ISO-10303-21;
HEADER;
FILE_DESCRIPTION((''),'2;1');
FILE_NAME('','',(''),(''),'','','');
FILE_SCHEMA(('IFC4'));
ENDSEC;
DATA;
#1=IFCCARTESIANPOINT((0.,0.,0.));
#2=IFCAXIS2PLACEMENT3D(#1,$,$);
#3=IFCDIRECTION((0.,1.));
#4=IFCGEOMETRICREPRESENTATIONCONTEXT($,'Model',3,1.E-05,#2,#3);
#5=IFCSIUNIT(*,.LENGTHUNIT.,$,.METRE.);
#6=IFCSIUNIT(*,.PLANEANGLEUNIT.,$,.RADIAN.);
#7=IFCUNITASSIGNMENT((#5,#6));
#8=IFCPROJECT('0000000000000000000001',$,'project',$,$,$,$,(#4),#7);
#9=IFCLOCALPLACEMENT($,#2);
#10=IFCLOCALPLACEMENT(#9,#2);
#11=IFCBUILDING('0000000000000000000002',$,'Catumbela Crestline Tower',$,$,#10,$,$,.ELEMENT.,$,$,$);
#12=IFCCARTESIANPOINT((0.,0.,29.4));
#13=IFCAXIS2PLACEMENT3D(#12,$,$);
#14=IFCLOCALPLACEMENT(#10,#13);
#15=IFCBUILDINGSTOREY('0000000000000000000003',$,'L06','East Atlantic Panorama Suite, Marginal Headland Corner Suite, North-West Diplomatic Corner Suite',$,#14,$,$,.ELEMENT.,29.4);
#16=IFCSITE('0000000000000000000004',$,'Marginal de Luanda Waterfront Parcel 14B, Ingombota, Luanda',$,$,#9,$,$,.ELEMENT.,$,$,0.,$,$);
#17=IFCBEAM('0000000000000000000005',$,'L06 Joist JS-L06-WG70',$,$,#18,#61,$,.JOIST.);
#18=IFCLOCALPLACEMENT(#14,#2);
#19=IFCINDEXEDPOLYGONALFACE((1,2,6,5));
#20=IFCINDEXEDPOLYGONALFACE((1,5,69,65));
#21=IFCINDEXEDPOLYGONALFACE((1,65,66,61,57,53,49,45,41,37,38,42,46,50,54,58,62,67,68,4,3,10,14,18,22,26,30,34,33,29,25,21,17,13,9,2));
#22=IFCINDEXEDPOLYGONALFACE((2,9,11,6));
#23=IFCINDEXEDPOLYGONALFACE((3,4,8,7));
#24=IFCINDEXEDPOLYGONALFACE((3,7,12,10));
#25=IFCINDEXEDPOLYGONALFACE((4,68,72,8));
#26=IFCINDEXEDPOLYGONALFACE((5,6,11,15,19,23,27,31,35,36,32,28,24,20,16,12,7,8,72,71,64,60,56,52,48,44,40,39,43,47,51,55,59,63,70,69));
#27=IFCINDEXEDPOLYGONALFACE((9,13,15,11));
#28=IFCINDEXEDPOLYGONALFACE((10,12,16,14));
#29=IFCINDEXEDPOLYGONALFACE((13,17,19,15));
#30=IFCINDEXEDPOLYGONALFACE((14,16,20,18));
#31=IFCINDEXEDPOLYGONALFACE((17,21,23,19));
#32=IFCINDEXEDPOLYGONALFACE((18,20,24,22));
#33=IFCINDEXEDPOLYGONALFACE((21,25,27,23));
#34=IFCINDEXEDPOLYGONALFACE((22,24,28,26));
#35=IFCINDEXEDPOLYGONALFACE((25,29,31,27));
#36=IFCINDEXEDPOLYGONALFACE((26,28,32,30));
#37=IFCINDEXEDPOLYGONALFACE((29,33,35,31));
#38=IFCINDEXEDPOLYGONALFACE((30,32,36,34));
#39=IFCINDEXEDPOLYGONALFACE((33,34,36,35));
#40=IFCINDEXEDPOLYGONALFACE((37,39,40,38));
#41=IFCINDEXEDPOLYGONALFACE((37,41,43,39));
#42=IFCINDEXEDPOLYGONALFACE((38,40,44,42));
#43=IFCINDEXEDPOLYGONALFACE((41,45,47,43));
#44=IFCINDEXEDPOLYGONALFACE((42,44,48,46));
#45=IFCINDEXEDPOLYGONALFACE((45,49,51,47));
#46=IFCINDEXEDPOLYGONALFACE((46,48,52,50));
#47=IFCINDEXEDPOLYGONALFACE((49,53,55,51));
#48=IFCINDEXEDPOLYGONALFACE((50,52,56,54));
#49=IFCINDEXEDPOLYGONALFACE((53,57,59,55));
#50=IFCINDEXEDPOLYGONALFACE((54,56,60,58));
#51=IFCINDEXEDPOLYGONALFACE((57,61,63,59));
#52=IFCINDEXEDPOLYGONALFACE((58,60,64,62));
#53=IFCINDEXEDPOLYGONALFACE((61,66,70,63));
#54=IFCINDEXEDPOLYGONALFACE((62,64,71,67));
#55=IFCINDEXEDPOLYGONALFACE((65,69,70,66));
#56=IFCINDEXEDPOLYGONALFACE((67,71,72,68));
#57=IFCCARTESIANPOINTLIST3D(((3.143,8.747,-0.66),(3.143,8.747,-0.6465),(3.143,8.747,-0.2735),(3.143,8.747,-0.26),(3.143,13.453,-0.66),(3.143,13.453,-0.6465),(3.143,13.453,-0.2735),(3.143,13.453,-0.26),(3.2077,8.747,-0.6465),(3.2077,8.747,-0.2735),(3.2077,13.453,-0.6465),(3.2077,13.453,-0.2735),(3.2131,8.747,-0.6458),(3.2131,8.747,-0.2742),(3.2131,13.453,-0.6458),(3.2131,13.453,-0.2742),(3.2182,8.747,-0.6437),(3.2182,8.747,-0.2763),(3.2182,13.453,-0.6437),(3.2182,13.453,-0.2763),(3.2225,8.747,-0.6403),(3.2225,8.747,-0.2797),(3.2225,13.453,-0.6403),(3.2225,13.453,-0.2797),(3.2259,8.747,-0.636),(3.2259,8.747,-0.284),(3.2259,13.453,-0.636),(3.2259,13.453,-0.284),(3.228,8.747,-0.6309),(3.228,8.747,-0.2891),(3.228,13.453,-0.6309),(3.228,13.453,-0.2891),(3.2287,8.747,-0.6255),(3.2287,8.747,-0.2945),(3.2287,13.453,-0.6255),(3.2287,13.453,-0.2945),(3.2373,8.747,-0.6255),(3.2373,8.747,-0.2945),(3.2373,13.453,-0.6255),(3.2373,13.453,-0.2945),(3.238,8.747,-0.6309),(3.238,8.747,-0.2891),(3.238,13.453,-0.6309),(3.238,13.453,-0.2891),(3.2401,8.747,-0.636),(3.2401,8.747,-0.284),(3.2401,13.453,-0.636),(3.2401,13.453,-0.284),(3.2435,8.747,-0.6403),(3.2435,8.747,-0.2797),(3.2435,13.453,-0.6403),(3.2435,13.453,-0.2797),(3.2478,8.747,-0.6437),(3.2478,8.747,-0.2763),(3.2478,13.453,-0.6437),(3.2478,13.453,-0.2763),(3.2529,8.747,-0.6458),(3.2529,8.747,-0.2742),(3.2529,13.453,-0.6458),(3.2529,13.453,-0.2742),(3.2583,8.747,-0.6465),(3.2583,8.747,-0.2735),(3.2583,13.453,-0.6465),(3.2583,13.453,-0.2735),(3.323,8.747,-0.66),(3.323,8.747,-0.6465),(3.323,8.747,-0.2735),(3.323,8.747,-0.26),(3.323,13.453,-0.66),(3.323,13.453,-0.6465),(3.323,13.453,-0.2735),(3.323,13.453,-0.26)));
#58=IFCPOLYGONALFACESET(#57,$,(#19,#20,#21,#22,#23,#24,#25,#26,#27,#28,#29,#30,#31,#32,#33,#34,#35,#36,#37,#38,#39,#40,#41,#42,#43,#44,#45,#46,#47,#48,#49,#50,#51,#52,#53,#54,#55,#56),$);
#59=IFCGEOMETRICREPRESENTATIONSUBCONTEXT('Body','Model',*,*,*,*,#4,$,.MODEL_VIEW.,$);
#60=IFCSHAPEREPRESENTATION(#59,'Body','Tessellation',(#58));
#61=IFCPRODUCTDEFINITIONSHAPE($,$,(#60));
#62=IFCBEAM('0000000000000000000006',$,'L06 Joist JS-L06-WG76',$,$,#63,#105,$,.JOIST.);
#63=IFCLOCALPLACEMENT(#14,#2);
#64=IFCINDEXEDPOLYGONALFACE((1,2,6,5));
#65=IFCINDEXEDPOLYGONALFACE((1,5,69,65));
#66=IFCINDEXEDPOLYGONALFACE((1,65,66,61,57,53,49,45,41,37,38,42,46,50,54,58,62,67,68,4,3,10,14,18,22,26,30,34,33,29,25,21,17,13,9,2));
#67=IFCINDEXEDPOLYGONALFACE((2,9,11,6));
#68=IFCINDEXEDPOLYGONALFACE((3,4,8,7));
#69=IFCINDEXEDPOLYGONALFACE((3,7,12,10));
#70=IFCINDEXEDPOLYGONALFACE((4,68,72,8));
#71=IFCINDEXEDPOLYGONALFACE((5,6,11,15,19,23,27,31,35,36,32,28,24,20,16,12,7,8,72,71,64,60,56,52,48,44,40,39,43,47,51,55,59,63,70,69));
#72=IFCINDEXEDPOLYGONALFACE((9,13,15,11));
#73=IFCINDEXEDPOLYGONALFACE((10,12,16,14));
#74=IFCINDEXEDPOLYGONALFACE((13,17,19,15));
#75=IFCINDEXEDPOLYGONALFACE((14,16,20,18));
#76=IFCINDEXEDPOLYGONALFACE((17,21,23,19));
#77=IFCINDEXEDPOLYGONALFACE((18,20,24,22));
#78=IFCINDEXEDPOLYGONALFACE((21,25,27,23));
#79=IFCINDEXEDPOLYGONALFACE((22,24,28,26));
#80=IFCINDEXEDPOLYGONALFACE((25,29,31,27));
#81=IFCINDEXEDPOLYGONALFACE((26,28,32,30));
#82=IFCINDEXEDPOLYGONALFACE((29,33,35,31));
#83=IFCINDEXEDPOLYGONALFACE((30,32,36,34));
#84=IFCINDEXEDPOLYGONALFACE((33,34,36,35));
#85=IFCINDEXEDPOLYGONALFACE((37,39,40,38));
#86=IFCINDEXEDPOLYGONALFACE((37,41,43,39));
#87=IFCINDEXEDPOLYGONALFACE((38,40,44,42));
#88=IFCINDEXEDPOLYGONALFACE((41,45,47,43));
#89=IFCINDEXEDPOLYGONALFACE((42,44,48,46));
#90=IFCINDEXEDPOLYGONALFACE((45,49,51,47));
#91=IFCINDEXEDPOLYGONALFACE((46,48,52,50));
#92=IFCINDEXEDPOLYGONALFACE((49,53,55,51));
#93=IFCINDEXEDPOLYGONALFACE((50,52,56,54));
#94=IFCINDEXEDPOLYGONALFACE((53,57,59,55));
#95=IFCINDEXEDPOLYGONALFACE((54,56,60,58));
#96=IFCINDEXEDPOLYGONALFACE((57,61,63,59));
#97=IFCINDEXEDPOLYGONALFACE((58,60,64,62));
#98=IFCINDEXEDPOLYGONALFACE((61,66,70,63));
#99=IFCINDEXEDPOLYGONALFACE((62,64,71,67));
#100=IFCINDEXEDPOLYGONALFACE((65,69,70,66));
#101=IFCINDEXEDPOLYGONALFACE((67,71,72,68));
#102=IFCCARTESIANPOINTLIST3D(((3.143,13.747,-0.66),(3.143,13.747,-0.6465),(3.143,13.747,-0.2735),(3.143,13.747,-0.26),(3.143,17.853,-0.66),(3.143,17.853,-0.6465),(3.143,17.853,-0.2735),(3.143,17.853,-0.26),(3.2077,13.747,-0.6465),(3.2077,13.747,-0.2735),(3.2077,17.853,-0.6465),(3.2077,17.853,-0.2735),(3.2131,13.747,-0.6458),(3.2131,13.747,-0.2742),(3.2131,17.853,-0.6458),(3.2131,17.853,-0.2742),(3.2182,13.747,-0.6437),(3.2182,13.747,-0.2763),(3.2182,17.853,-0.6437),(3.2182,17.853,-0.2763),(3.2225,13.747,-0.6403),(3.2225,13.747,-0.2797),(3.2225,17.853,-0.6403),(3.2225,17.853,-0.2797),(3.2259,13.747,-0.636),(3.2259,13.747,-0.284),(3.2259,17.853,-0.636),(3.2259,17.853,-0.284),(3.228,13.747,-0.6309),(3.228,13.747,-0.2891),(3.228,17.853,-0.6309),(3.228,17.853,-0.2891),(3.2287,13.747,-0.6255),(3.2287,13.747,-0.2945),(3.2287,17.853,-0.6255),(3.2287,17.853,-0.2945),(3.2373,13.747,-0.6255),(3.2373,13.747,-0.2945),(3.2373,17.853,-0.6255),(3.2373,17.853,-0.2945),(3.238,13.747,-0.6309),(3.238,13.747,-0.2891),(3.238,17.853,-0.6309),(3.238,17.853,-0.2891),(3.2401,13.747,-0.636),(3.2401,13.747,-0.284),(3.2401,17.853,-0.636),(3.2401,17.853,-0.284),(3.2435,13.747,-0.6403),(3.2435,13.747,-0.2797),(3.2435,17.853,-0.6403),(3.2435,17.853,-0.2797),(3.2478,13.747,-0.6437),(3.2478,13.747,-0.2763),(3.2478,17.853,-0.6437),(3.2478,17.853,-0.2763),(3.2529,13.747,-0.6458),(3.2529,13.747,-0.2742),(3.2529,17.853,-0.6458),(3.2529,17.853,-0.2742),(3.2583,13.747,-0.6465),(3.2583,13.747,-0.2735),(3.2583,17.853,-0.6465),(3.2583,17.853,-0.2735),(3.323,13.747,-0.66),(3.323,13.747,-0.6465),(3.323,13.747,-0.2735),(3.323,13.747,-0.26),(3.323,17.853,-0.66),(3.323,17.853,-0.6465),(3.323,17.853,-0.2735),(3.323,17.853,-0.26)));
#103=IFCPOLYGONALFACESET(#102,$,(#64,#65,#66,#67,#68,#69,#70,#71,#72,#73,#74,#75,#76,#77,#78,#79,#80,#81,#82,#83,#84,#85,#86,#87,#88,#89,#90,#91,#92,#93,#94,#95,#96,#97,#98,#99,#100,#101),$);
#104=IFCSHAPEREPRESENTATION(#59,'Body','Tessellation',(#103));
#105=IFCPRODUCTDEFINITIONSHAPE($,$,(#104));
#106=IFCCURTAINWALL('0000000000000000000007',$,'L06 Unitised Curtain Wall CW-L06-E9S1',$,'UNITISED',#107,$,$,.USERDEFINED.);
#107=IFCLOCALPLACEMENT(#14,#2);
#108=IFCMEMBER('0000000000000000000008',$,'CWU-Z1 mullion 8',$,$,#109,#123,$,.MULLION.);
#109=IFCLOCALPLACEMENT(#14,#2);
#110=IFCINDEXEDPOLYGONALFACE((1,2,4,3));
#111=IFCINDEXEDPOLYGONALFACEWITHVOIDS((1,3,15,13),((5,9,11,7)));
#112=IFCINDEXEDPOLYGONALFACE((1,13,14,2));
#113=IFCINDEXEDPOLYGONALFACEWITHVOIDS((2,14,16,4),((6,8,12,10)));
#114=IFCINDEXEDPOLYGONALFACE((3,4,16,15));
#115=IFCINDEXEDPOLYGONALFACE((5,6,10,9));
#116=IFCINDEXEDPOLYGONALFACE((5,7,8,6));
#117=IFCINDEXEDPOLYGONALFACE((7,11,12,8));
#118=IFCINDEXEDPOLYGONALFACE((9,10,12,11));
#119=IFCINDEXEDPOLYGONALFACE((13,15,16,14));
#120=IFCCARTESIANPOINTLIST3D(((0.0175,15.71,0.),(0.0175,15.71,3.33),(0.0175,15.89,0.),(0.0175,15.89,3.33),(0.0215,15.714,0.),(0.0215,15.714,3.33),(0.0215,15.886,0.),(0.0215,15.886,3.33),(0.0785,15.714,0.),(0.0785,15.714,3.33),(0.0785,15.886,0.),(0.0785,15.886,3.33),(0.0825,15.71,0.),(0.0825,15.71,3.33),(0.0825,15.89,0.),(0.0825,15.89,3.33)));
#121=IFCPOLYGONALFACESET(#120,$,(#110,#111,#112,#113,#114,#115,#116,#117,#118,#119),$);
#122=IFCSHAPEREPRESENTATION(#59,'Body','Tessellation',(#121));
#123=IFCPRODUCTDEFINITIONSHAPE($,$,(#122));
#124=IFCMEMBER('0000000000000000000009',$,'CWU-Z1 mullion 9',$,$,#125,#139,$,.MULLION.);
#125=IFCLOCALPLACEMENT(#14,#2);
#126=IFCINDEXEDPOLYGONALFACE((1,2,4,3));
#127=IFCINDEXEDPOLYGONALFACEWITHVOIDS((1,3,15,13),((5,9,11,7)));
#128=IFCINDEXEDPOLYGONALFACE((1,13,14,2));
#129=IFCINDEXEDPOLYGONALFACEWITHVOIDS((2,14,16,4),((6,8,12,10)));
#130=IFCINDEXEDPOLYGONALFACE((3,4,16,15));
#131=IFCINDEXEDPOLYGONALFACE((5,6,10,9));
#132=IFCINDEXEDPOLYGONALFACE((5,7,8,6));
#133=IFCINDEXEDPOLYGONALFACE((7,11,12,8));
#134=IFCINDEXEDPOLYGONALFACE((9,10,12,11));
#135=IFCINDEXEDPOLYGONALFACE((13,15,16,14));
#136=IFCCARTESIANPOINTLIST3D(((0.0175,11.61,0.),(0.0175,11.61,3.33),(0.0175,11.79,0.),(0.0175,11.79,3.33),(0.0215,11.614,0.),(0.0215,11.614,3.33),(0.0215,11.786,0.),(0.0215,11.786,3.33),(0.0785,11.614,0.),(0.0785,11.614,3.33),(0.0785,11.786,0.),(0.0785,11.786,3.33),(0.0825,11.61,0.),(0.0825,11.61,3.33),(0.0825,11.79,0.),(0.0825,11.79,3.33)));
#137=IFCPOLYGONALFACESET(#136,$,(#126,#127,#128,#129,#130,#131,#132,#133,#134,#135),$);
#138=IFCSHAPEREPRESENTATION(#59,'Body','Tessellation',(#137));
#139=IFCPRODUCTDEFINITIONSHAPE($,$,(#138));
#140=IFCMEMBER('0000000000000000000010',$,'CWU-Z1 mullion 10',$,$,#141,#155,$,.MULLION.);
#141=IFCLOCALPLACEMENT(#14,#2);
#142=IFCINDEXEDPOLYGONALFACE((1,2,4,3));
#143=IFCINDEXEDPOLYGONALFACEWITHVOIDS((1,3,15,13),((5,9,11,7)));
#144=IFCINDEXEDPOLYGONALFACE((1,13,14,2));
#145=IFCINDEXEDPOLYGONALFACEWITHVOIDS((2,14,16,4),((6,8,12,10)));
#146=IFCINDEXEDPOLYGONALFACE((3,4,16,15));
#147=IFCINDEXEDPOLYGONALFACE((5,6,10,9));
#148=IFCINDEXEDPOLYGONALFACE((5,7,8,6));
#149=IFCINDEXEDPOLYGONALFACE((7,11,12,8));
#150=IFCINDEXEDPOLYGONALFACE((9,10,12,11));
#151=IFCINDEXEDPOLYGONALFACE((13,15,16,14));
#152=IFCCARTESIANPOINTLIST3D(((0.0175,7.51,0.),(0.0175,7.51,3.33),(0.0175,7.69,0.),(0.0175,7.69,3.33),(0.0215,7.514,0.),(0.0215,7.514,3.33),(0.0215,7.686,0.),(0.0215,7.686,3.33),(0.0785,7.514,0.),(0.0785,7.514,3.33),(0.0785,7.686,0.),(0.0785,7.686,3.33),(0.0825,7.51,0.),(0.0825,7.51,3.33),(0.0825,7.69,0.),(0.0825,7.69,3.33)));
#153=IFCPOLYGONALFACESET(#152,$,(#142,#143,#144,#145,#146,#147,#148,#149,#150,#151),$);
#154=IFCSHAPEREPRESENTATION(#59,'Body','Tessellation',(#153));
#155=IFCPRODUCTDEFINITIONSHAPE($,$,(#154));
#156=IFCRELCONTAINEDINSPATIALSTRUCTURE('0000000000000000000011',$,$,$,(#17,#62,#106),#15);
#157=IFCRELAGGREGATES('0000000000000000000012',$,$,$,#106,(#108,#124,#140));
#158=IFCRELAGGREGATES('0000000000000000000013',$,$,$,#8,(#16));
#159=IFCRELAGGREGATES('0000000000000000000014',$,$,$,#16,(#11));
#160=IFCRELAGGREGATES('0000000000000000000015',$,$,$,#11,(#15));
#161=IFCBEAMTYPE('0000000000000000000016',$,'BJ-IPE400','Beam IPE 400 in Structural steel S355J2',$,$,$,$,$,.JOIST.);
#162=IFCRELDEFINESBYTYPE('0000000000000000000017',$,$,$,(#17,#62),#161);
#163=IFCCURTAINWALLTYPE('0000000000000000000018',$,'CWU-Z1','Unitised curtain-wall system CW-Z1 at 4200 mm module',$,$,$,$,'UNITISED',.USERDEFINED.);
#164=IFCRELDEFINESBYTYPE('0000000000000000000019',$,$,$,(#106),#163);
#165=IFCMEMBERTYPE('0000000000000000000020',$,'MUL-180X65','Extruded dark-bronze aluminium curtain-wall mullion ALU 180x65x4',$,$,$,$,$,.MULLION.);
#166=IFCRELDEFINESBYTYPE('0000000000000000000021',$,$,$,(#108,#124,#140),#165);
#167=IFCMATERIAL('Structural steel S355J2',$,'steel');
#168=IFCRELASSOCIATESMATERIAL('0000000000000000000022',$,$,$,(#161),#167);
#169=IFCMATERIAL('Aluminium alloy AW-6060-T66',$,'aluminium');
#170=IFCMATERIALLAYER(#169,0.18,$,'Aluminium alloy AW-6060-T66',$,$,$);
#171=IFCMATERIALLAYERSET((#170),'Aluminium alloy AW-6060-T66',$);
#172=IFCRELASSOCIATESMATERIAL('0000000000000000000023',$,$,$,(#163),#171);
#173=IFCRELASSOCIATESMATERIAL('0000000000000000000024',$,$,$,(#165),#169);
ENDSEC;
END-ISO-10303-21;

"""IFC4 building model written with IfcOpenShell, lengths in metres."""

from ifc_helpers import new_model, si_unit, direction, frame, origin, origin_2d, place, context, subcontext, project, spatial, hollow_rectangle, i_section, extrude, material, layer, layer_set, material_profile, profile_set, type_object, element, aggregate, save


model = new_model("IFC4")

# Units and contexts
model_context = context("Model", 3, precision=1e-05, world=origin(), true_north=direction((0.0, 1.0)))
body_context = subcontext(model_context, "Body", "Model", "MODEL_VIEW")
ifc_project = project(units=[si_unit("LENGTHUNIT", "METRE"), si_unit("PLANEANGLEUNIT", "RADIAN")], contexts=[model_context])

# Site, building, storey
site_placement = place(None, origin())
site = spatial("IfcSite", under=ifc_project, at=site_placement, Name="Marginal de Luanda Waterfront Parcel 14B, Ingombota, Luanda", CompositionType="ELEMENT", RefElevation=0.0)
building_placement = place(site_placement, origin())
building = spatial("IfcBuilding", under=site, at=building_placement, Name="Catumbela Crestline Tower", CompositionType="ELEMENT")
storey_placement = place(building_placement, frame((0.0, 0.0, 29.4)))
storey = spatial("IfcBuildingStorey", under=building, at=storey_placement, Name="L06", Description="East Atlantic Panorama Suite, Marginal Headland Corner Suite, North-West Diplomatic Corner Suite", CompositionType="ELEMENT", Elevation=29.4)

# Beams
ifc_material_1 = material(Name="Structural steel S355J2", Category="steel")
ifc_material_profile_1 = material_profile(ifc_material_1, i_section(OverallWidth=0.18, OverallDepth=0.4, WebThickness=0.0086, FlangeThickness=0.0135, FilletRadius=0.021, at=origin_2d()), Name="IPE 400")
ifc_profile_set_1 = profile_set([ifc_material_profile_1], Name="Structural steel S355J2")
beam_type_1 = type_object("IfcBeamType", Name="BJ-IPE400", Description="Beam IPE 400 in Structural steel S355J2", PredefinedType="JOIST", material=ifc_profile_set_1)
beam_1_placement = place(storey_placement, frame((3.233, 8.747, -0.46), z_axis=(0.0, 1.0, 0.0), x_axis=(-1.0, 0.0, 0.0)))
element("IfcBeam", 1, at=beam_1_placement, inside=storey, type_object=beam_type_1, Name="L06 Joist JS-L06-WG70", PredefinedType="JOIST", context=body_context, shape_type="SweptSolid", body=[
    extrude(i_section(OverallWidth=0.18, OverallDepth=0.4, WebThickness=0.0086, FlangeThickness=0.0135, FilletRadius=0.021, at=origin_2d()), origin(), (0.0, 0.0, 1.0), 4.706),
])
beam_2_placement = place(storey_placement, frame((3.233, 13.747, -0.46), z_axis=(0.0, 1.0, 0.0), x_axis=(-1.0, 0.0, 0.0)))
element("IfcBeam", 2, at=beam_2_placement, inside=storey, type_object=beam_type_1, Name="L06 Joist JS-L06-WG76", PredefinedType="JOIST", context=body_context, shape_type="SweptSolid", body=[
    extrude(i_section(OverallWidth=0.18, OverallDepth=0.4, WebThickness=0.0086, FlangeThickness=0.0135, FilletRadius=0.021, at=origin_2d()), origin(), (0.0, 0.0, 1.0), 4.106),
])

# Curtain wall, members
ifc_material_2 = material(Name="Aluminium alloy AW-6060-T66", Category="aluminium")
ifc_layer_1 = layer(ifc_material_2, 0.18, Name="Aluminium alloy AW-6060-T66")
ifc_layer_set_1 = layer_set([ifc_layer_1], Name="Aluminium alloy AW-6060-T66")
curtain_wall_type = type_object("IfcCurtainWallType", Name="CWU-Z1", Description="Unitised curtain-wall system CW-Z1 at 4200 mm module", ElementType="UNITISED", PredefinedType="USERDEFINED", material=ifc_layer_set_1)
curtain_wall_placement = place(storey_placement, origin())
curtain_wall = element("IfcCurtainWall", 3, at=curtain_wall_placement, inside=storey, type_object=curtain_wall_type, Name="L06 Unitised Curtain Wall CW-L06-E9S1", ObjectType="UNITISED", PredefinedType="USERDEFINED")
ifc_material_profile_2 = material_profile(ifc_material_2, hollow_rectangle(XDim=0.065, YDim=0.18, WallThickness=0.004, at=origin_2d()), Name="ALU 180x65x4")
ifc_profile_set_2 = profile_set([ifc_material_profile_2], Name="Aluminium alloy AW-6060-T66")
member_type_1 = type_object("IfcMemberType", Name="MUL-180X65", Description="Extruded dark-bronze aluminium curtain-wall mullion ALU 180x65x4", PredefinedType="MULLION", material=ifc_profile_set_2)
member_1_placement = place(storey_placement, frame((0.05, 15.8, 0.0), z_axis=(0.0, 0.0, 1.0), x_axis=(1.0, 0.0, 0.0)))
member_1 = element("IfcMember", 4, at=member_1_placement, type_object=member_type_1, Name="CWU-Z1 mullion 8", PredefinedType="MULLION", context=body_context, shape_type="SweptSolid", body=[
    extrude(hollow_rectangle(XDim=0.065, YDim=0.18, WallThickness=0.004, at=origin_2d()), origin(), (0.0, 0.0, 1.0), 3.33),
])
member_2_placement = place(storey_placement, frame((0.05, 11.7, 0.0), z_axis=(0.0, 0.0, 1.0), x_axis=(1.0, 0.0, 0.0)))
member_2 = element("IfcMember", 5, at=member_2_placement, type_object=member_type_1, Name="CWU-Z1 mullion 9", PredefinedType="MULLION", context=body_context, shape_type="SweptSolid", body=[
    extrude(hollow_rectangle(XDim=0.065, YDim=0.18, WallThickness=0.004, at=origin_2d()), origin(), (0.0, 0.0, 1.0), 3.33),
])
member_3_placement = place(storey_placement, frame((0.05, 7.6, 0.0), z_axis=(0.0, 0.0, 1.0), x_axis=(1.0, 0.0, 0.0)))
member_3 = element("IfcMember", 6, at=member_3_placement, type_object=member_type_1, Name="CWU-Z1 mullion 10", PredefinedType="MULLION", context=body_context, shape_type="SweptSolid", body=[
    extrude(hollow_rectangle(XDim=0.065, YDim=0.18, WallThickness=0.004, at=origin_2d()), origin(), (0.0, 0.0, 1.0), 3.33),
])

aggregate(curtain_wall, [member_1, member_2, member_3])

save(model, "model.ifc")
